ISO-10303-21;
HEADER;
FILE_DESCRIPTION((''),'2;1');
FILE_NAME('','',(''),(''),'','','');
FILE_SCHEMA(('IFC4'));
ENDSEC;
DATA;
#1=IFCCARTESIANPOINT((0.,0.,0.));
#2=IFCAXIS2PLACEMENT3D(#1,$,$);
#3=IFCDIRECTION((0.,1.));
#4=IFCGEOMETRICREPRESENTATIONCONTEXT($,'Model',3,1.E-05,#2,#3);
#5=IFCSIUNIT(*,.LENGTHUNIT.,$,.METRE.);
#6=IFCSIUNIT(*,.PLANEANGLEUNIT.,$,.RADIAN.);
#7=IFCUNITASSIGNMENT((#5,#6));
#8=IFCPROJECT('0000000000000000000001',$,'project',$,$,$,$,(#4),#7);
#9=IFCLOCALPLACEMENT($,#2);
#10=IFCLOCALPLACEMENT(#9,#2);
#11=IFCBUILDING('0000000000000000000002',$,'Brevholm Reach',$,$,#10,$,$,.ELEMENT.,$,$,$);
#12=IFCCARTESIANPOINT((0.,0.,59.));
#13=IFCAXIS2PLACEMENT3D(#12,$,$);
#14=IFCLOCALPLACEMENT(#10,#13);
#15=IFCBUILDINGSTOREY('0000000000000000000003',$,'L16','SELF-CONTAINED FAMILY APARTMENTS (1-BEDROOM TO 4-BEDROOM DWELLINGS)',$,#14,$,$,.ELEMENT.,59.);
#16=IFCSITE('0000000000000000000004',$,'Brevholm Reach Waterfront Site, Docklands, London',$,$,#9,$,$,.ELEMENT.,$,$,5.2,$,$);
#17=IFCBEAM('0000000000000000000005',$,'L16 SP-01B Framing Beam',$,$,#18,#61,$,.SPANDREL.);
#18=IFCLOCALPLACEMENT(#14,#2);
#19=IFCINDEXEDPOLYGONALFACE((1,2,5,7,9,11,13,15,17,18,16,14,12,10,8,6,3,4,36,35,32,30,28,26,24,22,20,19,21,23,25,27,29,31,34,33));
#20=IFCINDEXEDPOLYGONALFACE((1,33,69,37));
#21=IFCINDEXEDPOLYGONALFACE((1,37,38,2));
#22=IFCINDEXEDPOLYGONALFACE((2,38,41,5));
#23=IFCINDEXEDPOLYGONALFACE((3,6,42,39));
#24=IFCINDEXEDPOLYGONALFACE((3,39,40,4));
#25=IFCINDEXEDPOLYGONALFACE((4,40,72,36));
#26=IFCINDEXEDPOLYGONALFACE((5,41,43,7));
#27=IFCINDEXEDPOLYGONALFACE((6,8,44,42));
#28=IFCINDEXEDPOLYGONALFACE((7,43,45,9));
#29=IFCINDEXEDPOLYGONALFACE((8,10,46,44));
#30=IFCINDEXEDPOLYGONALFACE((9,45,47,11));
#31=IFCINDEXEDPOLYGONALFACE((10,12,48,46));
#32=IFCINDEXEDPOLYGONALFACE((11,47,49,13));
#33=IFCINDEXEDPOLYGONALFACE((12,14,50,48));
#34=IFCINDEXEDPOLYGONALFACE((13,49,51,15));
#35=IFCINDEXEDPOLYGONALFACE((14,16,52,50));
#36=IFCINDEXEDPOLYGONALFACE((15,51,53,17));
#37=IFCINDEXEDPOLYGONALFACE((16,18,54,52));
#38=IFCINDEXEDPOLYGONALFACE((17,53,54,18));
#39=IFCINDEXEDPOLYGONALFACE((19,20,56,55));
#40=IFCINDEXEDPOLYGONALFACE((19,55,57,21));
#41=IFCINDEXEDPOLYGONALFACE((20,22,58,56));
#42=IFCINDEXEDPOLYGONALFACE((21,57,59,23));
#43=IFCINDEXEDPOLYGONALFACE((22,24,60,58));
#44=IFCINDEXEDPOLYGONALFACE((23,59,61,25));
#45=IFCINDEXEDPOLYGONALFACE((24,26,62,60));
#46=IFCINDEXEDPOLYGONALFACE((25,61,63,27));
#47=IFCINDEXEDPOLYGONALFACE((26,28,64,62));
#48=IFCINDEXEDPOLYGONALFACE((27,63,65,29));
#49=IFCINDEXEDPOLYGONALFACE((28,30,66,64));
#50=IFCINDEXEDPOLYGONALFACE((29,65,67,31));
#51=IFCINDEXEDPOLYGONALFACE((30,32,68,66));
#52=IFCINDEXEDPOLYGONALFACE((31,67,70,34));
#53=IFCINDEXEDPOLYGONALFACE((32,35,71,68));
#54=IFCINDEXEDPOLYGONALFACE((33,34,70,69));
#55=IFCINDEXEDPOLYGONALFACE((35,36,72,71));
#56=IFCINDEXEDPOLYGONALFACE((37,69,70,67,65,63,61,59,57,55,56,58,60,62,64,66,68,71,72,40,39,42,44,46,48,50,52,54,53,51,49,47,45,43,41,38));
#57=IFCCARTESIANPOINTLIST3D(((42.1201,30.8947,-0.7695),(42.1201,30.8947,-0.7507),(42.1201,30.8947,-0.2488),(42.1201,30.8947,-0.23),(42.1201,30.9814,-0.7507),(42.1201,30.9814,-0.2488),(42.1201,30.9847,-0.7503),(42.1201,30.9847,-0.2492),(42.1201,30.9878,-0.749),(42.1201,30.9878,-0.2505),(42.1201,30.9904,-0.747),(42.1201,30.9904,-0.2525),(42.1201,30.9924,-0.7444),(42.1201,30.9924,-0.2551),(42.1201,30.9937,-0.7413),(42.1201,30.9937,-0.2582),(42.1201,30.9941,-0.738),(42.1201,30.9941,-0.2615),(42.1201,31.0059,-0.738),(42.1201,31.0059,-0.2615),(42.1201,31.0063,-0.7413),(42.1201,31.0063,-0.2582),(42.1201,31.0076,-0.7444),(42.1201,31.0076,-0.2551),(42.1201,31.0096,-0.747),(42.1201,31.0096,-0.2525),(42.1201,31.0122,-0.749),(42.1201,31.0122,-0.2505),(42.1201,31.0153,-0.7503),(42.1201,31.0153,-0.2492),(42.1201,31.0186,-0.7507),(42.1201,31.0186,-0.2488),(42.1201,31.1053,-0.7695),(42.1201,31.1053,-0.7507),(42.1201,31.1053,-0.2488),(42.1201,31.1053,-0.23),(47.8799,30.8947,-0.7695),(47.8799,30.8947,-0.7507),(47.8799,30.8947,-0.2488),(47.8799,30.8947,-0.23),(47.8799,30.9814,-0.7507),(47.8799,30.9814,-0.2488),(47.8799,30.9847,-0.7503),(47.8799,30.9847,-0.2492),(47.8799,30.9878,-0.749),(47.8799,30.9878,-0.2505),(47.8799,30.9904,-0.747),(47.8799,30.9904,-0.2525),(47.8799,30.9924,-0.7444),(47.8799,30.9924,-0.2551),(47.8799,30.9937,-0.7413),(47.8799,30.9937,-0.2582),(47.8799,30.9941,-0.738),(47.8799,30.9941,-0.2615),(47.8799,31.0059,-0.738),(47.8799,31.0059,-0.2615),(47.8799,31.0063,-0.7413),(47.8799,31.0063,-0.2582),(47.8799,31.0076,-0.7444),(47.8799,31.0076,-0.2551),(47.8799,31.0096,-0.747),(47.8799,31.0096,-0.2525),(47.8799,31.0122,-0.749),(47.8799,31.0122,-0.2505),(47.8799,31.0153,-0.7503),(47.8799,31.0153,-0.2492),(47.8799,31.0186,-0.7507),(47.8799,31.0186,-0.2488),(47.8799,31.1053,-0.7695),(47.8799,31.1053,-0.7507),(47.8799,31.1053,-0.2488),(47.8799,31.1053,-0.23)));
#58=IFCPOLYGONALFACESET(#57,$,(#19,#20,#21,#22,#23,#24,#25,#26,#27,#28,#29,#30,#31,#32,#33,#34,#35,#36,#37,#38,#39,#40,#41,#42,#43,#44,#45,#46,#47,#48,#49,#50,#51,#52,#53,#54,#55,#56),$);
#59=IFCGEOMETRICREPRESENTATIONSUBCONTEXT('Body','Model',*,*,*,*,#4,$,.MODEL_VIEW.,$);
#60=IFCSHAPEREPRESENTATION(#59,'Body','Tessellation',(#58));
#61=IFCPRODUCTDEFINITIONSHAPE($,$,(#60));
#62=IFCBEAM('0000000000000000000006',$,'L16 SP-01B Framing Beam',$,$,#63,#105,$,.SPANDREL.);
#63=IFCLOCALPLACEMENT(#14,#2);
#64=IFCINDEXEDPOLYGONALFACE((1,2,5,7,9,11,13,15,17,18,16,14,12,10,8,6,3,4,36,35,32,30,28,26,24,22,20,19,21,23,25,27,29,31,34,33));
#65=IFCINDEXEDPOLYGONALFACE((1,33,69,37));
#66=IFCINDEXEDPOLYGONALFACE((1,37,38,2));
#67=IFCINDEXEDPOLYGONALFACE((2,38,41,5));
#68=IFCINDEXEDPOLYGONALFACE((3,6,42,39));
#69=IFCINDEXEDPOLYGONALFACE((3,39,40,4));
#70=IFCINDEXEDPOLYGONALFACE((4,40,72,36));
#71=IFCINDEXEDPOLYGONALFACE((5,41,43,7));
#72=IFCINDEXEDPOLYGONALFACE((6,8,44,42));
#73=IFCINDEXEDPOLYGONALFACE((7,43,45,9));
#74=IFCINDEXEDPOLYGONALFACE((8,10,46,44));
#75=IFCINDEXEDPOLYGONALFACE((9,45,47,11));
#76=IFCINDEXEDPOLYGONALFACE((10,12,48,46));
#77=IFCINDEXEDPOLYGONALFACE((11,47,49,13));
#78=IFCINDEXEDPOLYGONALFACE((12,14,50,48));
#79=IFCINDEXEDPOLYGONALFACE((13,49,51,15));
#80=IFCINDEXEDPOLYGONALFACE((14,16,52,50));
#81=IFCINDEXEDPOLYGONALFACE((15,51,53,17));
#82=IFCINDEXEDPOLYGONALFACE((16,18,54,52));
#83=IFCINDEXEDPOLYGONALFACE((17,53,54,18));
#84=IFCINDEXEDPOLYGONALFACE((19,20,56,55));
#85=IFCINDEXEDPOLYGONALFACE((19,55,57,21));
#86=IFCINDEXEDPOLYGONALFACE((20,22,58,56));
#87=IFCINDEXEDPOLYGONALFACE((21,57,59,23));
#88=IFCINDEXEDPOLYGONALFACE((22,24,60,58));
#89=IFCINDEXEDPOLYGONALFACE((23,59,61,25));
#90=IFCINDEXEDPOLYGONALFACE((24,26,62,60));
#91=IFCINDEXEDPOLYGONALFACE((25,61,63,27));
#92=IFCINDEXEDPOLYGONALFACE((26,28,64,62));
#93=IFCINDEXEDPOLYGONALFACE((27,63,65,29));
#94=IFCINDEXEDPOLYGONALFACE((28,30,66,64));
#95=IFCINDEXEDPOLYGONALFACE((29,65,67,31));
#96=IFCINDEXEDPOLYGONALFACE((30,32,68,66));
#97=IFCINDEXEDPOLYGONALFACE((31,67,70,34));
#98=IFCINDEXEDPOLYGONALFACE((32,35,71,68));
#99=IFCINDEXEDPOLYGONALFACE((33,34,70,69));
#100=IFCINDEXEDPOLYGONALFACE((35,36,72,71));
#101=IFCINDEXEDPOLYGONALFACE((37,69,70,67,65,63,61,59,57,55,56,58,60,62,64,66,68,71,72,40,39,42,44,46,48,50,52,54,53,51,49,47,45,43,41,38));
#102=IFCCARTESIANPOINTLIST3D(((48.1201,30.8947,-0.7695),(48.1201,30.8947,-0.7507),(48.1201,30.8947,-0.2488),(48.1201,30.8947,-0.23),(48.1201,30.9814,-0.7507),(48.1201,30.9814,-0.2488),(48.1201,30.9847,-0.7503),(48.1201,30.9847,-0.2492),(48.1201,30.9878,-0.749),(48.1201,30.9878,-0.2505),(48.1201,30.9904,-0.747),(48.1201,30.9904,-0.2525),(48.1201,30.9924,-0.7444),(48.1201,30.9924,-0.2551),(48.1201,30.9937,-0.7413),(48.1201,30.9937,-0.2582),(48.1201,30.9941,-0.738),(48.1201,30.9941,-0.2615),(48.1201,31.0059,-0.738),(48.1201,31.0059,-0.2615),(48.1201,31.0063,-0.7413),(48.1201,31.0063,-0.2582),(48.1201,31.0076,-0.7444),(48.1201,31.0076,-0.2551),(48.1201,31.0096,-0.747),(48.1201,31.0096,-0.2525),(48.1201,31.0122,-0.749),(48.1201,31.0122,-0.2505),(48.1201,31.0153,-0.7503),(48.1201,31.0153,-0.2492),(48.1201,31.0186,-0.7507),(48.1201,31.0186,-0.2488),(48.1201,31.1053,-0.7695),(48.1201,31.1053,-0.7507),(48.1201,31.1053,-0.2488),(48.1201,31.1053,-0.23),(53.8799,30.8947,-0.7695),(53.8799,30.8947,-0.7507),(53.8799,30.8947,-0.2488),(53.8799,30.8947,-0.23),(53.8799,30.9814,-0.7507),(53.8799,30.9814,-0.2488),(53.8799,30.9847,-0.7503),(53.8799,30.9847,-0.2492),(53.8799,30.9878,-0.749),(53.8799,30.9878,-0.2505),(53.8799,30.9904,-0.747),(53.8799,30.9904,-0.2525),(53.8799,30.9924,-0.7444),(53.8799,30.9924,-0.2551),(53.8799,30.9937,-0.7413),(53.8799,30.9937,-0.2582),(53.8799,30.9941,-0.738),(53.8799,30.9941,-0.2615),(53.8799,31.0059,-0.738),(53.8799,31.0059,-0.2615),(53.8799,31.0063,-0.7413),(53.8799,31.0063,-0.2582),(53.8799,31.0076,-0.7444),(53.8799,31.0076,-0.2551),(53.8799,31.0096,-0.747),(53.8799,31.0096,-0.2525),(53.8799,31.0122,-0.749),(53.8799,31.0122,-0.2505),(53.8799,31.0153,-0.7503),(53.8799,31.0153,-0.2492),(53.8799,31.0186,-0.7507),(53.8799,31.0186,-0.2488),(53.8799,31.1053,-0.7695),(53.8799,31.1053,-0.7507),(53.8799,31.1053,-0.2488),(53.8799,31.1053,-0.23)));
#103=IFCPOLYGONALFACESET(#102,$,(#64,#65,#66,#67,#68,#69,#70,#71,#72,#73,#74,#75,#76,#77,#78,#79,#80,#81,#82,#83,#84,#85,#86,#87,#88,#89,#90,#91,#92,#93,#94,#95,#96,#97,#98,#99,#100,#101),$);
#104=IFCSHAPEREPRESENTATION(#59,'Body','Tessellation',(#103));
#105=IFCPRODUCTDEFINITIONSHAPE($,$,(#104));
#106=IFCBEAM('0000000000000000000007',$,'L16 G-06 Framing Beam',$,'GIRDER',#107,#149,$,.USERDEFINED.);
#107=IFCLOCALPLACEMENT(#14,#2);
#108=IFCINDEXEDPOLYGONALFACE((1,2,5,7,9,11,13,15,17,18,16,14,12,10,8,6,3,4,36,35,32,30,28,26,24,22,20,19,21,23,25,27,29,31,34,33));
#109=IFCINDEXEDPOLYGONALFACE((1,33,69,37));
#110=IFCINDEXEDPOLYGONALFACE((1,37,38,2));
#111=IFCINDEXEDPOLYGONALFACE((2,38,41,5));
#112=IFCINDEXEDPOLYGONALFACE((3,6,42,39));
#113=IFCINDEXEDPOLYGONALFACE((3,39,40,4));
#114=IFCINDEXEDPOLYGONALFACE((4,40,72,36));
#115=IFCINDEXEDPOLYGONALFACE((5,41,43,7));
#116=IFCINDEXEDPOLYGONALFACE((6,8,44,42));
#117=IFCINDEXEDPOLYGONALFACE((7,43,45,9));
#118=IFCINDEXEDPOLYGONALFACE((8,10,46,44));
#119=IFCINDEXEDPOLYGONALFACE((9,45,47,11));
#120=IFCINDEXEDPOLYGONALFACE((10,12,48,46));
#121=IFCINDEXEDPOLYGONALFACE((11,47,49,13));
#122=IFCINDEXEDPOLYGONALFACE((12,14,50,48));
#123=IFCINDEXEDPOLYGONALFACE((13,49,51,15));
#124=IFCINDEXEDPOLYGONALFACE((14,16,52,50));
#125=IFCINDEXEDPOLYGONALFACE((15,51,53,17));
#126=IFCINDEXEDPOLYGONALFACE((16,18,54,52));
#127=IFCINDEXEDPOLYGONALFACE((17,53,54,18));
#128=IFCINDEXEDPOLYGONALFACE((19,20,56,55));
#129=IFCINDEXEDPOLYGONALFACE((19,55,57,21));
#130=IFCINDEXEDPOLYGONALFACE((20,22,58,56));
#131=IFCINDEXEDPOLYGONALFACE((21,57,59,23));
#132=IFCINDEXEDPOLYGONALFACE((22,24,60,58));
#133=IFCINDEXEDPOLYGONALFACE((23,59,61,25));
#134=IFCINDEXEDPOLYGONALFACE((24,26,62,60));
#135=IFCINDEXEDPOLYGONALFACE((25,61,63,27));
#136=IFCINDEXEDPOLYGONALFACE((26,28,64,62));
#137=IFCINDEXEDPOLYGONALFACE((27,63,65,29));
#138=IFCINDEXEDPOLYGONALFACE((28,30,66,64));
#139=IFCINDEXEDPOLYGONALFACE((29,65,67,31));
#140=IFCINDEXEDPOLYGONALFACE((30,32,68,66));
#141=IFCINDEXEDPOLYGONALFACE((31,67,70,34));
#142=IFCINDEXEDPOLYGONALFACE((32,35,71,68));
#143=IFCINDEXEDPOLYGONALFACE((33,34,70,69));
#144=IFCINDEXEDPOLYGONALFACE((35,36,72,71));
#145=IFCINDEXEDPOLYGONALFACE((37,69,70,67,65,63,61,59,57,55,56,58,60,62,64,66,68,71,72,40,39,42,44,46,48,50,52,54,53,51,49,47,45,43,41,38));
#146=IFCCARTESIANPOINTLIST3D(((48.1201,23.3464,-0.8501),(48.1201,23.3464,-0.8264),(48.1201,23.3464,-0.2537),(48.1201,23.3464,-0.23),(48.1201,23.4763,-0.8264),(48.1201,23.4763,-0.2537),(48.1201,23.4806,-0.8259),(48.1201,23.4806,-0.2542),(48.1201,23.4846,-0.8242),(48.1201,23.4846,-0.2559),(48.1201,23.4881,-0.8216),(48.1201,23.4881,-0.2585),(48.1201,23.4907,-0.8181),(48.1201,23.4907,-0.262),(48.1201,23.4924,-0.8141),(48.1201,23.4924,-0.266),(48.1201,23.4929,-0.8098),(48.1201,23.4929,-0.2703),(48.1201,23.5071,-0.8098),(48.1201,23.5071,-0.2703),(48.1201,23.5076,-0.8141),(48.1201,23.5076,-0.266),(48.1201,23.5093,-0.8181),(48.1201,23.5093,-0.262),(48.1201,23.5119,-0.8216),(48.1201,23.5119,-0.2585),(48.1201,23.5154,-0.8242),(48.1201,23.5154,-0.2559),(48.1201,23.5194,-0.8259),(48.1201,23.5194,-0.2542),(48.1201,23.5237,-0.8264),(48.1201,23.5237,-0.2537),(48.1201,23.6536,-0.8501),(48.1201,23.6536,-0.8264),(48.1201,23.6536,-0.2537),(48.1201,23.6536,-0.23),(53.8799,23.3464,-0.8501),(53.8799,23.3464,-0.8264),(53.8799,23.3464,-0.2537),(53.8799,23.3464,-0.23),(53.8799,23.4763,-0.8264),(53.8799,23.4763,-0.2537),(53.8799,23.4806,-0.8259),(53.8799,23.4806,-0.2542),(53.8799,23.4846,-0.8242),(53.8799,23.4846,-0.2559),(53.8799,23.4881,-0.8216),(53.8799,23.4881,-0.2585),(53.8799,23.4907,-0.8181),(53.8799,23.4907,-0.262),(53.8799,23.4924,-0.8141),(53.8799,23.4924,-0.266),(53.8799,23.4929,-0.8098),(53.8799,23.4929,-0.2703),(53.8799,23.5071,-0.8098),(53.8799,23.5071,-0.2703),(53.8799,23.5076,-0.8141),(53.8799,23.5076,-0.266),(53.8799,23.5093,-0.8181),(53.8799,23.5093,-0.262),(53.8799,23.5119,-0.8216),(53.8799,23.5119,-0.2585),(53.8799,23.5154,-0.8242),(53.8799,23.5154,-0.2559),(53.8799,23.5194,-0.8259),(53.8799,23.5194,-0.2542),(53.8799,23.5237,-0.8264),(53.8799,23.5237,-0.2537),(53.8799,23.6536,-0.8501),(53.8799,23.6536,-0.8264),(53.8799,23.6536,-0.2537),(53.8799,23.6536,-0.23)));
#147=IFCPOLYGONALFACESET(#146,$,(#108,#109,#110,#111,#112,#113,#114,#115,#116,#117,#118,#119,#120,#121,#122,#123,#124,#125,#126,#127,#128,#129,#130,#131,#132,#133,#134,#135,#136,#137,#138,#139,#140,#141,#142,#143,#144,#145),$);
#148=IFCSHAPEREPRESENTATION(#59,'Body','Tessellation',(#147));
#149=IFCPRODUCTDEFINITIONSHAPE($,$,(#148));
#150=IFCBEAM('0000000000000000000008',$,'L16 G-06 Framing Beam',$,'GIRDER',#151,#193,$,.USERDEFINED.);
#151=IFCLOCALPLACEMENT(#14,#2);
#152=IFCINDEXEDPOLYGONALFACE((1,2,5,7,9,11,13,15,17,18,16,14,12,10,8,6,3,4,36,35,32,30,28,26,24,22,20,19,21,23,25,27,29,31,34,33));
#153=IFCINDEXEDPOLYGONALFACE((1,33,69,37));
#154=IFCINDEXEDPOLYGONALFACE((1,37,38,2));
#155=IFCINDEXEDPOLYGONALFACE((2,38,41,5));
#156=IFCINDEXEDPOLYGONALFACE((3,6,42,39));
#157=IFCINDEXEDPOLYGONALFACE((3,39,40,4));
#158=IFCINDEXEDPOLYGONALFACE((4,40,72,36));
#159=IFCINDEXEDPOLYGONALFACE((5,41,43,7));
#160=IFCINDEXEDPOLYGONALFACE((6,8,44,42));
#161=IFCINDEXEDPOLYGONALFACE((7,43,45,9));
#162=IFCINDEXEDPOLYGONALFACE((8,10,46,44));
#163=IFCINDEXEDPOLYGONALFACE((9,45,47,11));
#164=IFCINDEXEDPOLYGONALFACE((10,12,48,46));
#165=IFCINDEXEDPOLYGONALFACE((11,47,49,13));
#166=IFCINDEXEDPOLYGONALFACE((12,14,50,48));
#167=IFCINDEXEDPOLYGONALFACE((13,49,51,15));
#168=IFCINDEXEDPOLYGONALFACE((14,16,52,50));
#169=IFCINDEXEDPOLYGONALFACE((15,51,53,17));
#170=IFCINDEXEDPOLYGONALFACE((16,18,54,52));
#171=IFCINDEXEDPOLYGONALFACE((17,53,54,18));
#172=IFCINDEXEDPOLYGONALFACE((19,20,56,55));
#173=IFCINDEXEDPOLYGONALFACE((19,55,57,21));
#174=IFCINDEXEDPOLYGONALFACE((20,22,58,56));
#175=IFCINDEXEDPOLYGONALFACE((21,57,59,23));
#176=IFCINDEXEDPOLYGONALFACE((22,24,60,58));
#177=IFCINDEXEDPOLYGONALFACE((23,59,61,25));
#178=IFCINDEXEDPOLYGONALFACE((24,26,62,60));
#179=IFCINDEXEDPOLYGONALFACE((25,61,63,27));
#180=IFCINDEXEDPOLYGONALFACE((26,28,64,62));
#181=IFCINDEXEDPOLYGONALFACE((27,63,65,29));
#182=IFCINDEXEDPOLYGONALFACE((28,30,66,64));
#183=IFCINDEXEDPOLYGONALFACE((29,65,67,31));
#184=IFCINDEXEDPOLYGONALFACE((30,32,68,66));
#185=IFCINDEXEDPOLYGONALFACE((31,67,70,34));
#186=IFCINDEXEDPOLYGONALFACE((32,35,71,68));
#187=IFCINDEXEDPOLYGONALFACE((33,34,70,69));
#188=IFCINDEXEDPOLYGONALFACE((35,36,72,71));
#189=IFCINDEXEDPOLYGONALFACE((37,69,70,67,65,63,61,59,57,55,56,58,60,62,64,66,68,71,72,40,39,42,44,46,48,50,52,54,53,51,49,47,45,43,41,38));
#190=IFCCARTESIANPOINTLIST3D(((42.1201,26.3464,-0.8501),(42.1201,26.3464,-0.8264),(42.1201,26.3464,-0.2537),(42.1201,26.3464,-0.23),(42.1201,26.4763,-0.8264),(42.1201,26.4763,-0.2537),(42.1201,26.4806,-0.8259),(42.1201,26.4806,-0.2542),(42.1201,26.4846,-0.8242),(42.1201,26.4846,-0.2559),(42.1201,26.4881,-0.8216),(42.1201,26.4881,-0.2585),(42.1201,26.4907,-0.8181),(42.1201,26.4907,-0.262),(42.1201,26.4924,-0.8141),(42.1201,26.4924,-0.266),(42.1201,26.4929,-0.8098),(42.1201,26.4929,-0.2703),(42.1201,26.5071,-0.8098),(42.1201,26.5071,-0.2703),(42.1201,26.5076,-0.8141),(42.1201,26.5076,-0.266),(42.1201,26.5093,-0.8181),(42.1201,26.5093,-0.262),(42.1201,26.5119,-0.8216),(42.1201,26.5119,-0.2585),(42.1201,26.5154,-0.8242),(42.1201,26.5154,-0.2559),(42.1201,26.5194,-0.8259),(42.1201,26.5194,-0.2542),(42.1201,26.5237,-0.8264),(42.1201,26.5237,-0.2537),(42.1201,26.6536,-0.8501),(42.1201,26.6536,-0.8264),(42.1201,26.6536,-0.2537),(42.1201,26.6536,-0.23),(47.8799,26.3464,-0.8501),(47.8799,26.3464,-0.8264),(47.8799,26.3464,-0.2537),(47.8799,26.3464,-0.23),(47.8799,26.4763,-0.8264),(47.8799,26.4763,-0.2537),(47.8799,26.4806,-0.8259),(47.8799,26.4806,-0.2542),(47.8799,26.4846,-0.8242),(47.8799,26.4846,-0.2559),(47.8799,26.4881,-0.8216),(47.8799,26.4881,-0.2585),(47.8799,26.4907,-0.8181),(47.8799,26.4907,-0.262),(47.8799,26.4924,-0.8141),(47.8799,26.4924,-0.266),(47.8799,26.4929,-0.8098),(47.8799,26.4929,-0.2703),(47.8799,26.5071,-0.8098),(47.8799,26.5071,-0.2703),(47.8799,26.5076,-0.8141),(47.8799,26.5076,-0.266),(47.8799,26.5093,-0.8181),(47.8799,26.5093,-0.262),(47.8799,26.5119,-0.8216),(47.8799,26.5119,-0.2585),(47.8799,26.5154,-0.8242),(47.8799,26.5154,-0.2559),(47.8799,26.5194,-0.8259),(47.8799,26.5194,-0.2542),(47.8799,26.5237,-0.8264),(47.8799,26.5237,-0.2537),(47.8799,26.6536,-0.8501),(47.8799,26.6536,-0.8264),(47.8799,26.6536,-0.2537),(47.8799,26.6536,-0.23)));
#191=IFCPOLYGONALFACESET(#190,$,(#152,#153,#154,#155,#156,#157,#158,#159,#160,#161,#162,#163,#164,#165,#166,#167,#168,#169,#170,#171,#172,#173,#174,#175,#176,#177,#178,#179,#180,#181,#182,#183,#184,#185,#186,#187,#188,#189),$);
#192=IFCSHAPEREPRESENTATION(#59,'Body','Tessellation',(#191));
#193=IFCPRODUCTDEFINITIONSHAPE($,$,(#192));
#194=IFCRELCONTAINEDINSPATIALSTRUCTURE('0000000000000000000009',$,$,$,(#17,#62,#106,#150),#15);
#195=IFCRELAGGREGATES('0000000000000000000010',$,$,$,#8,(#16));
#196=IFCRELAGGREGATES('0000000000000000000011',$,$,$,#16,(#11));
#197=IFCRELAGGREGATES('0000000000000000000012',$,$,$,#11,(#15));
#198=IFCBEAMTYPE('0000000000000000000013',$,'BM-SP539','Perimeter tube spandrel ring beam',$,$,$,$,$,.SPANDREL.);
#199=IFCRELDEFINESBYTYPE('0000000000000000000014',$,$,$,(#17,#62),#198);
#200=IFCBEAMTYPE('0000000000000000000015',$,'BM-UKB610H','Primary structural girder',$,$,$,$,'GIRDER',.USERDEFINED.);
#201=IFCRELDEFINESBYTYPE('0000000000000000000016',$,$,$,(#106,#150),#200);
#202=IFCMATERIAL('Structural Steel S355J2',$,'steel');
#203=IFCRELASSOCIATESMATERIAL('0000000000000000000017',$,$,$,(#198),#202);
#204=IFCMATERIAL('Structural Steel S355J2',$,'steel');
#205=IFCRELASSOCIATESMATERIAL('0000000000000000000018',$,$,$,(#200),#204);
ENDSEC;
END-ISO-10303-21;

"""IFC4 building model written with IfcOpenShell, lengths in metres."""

from ifc_helpers import new_model, si_unit, direction, frame, origin, origin_2d, place, context, subcontext, project, spatial, i_section, extrude, material, material_profile, profile_set, type_object, element, save


model = new_model("IFC4")

# Units and contexts
model_context = context("Model", 3, precision=1e-05, world=origin(), true_north=direction((0.0, 1.0)))
body_context = subcontext(model_context, "Body", "Model", "MODEL_VIEW")
ifc_project = project(units=[si_unit("LENGTHUNIT", "METRE"), si_unit("PLANEANGLEUNIT", "RADIAN")], contexts=[model_context])

# Site, building, storey
site_placement = place(None, origin())
site = spatial("IfcSite", under=ifc_project, at=site_placement, Name="Brevholm Reach Waterfront Site, Docklands, London", CompositionType="ELEMENT", RefElevation=5.2)
building_placement = place(site_placement, origin())
building = spatial("IfcBuilding", under=site, at=building_placement, Name="Brevholm Reach", CompositionType="ELEMENT")
storey_placement = place(building_placement, frame((0.0, 0.0, 59.0)))
storey = spatial("IfcBuildingStorey", under=building, at=storey_placement, Name="L16", Description="SELF-CONTAINED FAMILY APARTMENTS (1-BEDROOM TO 4-BEDROOM DWELLINGS)", CompositionType="ELEMENT", Elevation=59.0)

# Beams
ifc_material_1 = material(Name="Structural Steel S355J2", Category="steel")
ifc_material_profile_1 = material_profile(ifc_material_1, i_section(OverallWidth=0.2107, OverallDepth=0.5396, WebThickness=0.0117, FlangeThickness=0.0188, FilletRadius=0.0127, at=origin_2d()), Name="UKB 533x210x109")
ifc_profile_set_1 = profile_set([ifc_material_profile_1], Name="Structural Steel S355J2")
beam_type_1 = type_object("IfcBeamType", Name="BM-SP539", Description="Perimeter tube spandrel ring beam", PredefinedType="SPANDREL", material=ifc_profile_set_1)
for number, where, z_axis, x_axis, name in (
    (1, (42.1201, 31.0, -0.4998), (1.0, 0.0, 0.0), (0.0, 1.0, 0.0), "L16 SP-01B Framing Beam"),
    (2, (48.1201, 31.0, -0.4998), (1.0, 0.0, 0.0), (0.0, 1.0, 0.0), "L16 SP-01B Framing Beam"),
):
    element("IfcBeam", number, at=place(storey_placement, frame(where, z_axis=z_axis, x_axis=x_axis)), inside=storey, type_object=beam_type_1, Name=name, PredefinedType="SPANDREL", context=body_context, shape_type="SweptSolid", body=[
        extrude(i_section(OverallWidth=0.2107, OverallDepth=0.5396, WebThickness=0.0117, FlangeThickness=0.0188, FilletRadius=0.0127, at=origin_2d()), origin(), (0.0, 0.0, 1.0), 5.7598),
    ])
ifc_material_2 = material(Name="Structural Steel S355J2", Category="steel")
ifc_material_profile_2 = material_profile(ifc_material_2, i_section(OverallWidth=0.3071, OverallDepth=0.6201, WebThickness=0.0142, FlangeThickness=0.0237, FilletRadius=0.0166, at=origin_2d()), Name="UKB 610x305x179")
ifc_profile_set_2 = profile_set([ifc_material_profile_2], Name="Structural Steel S355J2")
beam_type_2 = type_object("IfcBeamType", Name="BM-UKB610H", Description="Primary structural girder", ElementType="GIRDER", PredefinedType="USERDEFINED", material=ifc_profile_set_2)
for number, where, z_axis, x_axis, name in (
    (3, (48.1201, 23.5, -0.54), (1.0, 0.0, 0.0), (0.0, 1.0, 0.0), "L16 G-06 Framing Beam"),
    (4, (42.1201, 26.5, -0.54), (1.0, 0.0, 0.0), (0.0, 1.0, 0.0), "L16 G-06 Framing Beam"),
):
    element("IfcBeam", number, at=place(storey_placement, frame(where, z_axis=z_axis, x_axis=x_axis)), inside=storey, type_object=beam_type_2, Name=name, ObjectType="GIRDER", PredefinedType="USERDEFINED", context=body_context, shape_type="SweptSolid", body=[
        extrude(i_section(OverallWidth=0.3071, OverallDepth=0.6201, WebThickness=0.0142, FlangeThickness=0.0237, FilletRadius=0.0166, at=origin_2d()), origin(), (0.0, 0.0, 1.0), 5.7598),
    ])

save(model, "model.ifc")
